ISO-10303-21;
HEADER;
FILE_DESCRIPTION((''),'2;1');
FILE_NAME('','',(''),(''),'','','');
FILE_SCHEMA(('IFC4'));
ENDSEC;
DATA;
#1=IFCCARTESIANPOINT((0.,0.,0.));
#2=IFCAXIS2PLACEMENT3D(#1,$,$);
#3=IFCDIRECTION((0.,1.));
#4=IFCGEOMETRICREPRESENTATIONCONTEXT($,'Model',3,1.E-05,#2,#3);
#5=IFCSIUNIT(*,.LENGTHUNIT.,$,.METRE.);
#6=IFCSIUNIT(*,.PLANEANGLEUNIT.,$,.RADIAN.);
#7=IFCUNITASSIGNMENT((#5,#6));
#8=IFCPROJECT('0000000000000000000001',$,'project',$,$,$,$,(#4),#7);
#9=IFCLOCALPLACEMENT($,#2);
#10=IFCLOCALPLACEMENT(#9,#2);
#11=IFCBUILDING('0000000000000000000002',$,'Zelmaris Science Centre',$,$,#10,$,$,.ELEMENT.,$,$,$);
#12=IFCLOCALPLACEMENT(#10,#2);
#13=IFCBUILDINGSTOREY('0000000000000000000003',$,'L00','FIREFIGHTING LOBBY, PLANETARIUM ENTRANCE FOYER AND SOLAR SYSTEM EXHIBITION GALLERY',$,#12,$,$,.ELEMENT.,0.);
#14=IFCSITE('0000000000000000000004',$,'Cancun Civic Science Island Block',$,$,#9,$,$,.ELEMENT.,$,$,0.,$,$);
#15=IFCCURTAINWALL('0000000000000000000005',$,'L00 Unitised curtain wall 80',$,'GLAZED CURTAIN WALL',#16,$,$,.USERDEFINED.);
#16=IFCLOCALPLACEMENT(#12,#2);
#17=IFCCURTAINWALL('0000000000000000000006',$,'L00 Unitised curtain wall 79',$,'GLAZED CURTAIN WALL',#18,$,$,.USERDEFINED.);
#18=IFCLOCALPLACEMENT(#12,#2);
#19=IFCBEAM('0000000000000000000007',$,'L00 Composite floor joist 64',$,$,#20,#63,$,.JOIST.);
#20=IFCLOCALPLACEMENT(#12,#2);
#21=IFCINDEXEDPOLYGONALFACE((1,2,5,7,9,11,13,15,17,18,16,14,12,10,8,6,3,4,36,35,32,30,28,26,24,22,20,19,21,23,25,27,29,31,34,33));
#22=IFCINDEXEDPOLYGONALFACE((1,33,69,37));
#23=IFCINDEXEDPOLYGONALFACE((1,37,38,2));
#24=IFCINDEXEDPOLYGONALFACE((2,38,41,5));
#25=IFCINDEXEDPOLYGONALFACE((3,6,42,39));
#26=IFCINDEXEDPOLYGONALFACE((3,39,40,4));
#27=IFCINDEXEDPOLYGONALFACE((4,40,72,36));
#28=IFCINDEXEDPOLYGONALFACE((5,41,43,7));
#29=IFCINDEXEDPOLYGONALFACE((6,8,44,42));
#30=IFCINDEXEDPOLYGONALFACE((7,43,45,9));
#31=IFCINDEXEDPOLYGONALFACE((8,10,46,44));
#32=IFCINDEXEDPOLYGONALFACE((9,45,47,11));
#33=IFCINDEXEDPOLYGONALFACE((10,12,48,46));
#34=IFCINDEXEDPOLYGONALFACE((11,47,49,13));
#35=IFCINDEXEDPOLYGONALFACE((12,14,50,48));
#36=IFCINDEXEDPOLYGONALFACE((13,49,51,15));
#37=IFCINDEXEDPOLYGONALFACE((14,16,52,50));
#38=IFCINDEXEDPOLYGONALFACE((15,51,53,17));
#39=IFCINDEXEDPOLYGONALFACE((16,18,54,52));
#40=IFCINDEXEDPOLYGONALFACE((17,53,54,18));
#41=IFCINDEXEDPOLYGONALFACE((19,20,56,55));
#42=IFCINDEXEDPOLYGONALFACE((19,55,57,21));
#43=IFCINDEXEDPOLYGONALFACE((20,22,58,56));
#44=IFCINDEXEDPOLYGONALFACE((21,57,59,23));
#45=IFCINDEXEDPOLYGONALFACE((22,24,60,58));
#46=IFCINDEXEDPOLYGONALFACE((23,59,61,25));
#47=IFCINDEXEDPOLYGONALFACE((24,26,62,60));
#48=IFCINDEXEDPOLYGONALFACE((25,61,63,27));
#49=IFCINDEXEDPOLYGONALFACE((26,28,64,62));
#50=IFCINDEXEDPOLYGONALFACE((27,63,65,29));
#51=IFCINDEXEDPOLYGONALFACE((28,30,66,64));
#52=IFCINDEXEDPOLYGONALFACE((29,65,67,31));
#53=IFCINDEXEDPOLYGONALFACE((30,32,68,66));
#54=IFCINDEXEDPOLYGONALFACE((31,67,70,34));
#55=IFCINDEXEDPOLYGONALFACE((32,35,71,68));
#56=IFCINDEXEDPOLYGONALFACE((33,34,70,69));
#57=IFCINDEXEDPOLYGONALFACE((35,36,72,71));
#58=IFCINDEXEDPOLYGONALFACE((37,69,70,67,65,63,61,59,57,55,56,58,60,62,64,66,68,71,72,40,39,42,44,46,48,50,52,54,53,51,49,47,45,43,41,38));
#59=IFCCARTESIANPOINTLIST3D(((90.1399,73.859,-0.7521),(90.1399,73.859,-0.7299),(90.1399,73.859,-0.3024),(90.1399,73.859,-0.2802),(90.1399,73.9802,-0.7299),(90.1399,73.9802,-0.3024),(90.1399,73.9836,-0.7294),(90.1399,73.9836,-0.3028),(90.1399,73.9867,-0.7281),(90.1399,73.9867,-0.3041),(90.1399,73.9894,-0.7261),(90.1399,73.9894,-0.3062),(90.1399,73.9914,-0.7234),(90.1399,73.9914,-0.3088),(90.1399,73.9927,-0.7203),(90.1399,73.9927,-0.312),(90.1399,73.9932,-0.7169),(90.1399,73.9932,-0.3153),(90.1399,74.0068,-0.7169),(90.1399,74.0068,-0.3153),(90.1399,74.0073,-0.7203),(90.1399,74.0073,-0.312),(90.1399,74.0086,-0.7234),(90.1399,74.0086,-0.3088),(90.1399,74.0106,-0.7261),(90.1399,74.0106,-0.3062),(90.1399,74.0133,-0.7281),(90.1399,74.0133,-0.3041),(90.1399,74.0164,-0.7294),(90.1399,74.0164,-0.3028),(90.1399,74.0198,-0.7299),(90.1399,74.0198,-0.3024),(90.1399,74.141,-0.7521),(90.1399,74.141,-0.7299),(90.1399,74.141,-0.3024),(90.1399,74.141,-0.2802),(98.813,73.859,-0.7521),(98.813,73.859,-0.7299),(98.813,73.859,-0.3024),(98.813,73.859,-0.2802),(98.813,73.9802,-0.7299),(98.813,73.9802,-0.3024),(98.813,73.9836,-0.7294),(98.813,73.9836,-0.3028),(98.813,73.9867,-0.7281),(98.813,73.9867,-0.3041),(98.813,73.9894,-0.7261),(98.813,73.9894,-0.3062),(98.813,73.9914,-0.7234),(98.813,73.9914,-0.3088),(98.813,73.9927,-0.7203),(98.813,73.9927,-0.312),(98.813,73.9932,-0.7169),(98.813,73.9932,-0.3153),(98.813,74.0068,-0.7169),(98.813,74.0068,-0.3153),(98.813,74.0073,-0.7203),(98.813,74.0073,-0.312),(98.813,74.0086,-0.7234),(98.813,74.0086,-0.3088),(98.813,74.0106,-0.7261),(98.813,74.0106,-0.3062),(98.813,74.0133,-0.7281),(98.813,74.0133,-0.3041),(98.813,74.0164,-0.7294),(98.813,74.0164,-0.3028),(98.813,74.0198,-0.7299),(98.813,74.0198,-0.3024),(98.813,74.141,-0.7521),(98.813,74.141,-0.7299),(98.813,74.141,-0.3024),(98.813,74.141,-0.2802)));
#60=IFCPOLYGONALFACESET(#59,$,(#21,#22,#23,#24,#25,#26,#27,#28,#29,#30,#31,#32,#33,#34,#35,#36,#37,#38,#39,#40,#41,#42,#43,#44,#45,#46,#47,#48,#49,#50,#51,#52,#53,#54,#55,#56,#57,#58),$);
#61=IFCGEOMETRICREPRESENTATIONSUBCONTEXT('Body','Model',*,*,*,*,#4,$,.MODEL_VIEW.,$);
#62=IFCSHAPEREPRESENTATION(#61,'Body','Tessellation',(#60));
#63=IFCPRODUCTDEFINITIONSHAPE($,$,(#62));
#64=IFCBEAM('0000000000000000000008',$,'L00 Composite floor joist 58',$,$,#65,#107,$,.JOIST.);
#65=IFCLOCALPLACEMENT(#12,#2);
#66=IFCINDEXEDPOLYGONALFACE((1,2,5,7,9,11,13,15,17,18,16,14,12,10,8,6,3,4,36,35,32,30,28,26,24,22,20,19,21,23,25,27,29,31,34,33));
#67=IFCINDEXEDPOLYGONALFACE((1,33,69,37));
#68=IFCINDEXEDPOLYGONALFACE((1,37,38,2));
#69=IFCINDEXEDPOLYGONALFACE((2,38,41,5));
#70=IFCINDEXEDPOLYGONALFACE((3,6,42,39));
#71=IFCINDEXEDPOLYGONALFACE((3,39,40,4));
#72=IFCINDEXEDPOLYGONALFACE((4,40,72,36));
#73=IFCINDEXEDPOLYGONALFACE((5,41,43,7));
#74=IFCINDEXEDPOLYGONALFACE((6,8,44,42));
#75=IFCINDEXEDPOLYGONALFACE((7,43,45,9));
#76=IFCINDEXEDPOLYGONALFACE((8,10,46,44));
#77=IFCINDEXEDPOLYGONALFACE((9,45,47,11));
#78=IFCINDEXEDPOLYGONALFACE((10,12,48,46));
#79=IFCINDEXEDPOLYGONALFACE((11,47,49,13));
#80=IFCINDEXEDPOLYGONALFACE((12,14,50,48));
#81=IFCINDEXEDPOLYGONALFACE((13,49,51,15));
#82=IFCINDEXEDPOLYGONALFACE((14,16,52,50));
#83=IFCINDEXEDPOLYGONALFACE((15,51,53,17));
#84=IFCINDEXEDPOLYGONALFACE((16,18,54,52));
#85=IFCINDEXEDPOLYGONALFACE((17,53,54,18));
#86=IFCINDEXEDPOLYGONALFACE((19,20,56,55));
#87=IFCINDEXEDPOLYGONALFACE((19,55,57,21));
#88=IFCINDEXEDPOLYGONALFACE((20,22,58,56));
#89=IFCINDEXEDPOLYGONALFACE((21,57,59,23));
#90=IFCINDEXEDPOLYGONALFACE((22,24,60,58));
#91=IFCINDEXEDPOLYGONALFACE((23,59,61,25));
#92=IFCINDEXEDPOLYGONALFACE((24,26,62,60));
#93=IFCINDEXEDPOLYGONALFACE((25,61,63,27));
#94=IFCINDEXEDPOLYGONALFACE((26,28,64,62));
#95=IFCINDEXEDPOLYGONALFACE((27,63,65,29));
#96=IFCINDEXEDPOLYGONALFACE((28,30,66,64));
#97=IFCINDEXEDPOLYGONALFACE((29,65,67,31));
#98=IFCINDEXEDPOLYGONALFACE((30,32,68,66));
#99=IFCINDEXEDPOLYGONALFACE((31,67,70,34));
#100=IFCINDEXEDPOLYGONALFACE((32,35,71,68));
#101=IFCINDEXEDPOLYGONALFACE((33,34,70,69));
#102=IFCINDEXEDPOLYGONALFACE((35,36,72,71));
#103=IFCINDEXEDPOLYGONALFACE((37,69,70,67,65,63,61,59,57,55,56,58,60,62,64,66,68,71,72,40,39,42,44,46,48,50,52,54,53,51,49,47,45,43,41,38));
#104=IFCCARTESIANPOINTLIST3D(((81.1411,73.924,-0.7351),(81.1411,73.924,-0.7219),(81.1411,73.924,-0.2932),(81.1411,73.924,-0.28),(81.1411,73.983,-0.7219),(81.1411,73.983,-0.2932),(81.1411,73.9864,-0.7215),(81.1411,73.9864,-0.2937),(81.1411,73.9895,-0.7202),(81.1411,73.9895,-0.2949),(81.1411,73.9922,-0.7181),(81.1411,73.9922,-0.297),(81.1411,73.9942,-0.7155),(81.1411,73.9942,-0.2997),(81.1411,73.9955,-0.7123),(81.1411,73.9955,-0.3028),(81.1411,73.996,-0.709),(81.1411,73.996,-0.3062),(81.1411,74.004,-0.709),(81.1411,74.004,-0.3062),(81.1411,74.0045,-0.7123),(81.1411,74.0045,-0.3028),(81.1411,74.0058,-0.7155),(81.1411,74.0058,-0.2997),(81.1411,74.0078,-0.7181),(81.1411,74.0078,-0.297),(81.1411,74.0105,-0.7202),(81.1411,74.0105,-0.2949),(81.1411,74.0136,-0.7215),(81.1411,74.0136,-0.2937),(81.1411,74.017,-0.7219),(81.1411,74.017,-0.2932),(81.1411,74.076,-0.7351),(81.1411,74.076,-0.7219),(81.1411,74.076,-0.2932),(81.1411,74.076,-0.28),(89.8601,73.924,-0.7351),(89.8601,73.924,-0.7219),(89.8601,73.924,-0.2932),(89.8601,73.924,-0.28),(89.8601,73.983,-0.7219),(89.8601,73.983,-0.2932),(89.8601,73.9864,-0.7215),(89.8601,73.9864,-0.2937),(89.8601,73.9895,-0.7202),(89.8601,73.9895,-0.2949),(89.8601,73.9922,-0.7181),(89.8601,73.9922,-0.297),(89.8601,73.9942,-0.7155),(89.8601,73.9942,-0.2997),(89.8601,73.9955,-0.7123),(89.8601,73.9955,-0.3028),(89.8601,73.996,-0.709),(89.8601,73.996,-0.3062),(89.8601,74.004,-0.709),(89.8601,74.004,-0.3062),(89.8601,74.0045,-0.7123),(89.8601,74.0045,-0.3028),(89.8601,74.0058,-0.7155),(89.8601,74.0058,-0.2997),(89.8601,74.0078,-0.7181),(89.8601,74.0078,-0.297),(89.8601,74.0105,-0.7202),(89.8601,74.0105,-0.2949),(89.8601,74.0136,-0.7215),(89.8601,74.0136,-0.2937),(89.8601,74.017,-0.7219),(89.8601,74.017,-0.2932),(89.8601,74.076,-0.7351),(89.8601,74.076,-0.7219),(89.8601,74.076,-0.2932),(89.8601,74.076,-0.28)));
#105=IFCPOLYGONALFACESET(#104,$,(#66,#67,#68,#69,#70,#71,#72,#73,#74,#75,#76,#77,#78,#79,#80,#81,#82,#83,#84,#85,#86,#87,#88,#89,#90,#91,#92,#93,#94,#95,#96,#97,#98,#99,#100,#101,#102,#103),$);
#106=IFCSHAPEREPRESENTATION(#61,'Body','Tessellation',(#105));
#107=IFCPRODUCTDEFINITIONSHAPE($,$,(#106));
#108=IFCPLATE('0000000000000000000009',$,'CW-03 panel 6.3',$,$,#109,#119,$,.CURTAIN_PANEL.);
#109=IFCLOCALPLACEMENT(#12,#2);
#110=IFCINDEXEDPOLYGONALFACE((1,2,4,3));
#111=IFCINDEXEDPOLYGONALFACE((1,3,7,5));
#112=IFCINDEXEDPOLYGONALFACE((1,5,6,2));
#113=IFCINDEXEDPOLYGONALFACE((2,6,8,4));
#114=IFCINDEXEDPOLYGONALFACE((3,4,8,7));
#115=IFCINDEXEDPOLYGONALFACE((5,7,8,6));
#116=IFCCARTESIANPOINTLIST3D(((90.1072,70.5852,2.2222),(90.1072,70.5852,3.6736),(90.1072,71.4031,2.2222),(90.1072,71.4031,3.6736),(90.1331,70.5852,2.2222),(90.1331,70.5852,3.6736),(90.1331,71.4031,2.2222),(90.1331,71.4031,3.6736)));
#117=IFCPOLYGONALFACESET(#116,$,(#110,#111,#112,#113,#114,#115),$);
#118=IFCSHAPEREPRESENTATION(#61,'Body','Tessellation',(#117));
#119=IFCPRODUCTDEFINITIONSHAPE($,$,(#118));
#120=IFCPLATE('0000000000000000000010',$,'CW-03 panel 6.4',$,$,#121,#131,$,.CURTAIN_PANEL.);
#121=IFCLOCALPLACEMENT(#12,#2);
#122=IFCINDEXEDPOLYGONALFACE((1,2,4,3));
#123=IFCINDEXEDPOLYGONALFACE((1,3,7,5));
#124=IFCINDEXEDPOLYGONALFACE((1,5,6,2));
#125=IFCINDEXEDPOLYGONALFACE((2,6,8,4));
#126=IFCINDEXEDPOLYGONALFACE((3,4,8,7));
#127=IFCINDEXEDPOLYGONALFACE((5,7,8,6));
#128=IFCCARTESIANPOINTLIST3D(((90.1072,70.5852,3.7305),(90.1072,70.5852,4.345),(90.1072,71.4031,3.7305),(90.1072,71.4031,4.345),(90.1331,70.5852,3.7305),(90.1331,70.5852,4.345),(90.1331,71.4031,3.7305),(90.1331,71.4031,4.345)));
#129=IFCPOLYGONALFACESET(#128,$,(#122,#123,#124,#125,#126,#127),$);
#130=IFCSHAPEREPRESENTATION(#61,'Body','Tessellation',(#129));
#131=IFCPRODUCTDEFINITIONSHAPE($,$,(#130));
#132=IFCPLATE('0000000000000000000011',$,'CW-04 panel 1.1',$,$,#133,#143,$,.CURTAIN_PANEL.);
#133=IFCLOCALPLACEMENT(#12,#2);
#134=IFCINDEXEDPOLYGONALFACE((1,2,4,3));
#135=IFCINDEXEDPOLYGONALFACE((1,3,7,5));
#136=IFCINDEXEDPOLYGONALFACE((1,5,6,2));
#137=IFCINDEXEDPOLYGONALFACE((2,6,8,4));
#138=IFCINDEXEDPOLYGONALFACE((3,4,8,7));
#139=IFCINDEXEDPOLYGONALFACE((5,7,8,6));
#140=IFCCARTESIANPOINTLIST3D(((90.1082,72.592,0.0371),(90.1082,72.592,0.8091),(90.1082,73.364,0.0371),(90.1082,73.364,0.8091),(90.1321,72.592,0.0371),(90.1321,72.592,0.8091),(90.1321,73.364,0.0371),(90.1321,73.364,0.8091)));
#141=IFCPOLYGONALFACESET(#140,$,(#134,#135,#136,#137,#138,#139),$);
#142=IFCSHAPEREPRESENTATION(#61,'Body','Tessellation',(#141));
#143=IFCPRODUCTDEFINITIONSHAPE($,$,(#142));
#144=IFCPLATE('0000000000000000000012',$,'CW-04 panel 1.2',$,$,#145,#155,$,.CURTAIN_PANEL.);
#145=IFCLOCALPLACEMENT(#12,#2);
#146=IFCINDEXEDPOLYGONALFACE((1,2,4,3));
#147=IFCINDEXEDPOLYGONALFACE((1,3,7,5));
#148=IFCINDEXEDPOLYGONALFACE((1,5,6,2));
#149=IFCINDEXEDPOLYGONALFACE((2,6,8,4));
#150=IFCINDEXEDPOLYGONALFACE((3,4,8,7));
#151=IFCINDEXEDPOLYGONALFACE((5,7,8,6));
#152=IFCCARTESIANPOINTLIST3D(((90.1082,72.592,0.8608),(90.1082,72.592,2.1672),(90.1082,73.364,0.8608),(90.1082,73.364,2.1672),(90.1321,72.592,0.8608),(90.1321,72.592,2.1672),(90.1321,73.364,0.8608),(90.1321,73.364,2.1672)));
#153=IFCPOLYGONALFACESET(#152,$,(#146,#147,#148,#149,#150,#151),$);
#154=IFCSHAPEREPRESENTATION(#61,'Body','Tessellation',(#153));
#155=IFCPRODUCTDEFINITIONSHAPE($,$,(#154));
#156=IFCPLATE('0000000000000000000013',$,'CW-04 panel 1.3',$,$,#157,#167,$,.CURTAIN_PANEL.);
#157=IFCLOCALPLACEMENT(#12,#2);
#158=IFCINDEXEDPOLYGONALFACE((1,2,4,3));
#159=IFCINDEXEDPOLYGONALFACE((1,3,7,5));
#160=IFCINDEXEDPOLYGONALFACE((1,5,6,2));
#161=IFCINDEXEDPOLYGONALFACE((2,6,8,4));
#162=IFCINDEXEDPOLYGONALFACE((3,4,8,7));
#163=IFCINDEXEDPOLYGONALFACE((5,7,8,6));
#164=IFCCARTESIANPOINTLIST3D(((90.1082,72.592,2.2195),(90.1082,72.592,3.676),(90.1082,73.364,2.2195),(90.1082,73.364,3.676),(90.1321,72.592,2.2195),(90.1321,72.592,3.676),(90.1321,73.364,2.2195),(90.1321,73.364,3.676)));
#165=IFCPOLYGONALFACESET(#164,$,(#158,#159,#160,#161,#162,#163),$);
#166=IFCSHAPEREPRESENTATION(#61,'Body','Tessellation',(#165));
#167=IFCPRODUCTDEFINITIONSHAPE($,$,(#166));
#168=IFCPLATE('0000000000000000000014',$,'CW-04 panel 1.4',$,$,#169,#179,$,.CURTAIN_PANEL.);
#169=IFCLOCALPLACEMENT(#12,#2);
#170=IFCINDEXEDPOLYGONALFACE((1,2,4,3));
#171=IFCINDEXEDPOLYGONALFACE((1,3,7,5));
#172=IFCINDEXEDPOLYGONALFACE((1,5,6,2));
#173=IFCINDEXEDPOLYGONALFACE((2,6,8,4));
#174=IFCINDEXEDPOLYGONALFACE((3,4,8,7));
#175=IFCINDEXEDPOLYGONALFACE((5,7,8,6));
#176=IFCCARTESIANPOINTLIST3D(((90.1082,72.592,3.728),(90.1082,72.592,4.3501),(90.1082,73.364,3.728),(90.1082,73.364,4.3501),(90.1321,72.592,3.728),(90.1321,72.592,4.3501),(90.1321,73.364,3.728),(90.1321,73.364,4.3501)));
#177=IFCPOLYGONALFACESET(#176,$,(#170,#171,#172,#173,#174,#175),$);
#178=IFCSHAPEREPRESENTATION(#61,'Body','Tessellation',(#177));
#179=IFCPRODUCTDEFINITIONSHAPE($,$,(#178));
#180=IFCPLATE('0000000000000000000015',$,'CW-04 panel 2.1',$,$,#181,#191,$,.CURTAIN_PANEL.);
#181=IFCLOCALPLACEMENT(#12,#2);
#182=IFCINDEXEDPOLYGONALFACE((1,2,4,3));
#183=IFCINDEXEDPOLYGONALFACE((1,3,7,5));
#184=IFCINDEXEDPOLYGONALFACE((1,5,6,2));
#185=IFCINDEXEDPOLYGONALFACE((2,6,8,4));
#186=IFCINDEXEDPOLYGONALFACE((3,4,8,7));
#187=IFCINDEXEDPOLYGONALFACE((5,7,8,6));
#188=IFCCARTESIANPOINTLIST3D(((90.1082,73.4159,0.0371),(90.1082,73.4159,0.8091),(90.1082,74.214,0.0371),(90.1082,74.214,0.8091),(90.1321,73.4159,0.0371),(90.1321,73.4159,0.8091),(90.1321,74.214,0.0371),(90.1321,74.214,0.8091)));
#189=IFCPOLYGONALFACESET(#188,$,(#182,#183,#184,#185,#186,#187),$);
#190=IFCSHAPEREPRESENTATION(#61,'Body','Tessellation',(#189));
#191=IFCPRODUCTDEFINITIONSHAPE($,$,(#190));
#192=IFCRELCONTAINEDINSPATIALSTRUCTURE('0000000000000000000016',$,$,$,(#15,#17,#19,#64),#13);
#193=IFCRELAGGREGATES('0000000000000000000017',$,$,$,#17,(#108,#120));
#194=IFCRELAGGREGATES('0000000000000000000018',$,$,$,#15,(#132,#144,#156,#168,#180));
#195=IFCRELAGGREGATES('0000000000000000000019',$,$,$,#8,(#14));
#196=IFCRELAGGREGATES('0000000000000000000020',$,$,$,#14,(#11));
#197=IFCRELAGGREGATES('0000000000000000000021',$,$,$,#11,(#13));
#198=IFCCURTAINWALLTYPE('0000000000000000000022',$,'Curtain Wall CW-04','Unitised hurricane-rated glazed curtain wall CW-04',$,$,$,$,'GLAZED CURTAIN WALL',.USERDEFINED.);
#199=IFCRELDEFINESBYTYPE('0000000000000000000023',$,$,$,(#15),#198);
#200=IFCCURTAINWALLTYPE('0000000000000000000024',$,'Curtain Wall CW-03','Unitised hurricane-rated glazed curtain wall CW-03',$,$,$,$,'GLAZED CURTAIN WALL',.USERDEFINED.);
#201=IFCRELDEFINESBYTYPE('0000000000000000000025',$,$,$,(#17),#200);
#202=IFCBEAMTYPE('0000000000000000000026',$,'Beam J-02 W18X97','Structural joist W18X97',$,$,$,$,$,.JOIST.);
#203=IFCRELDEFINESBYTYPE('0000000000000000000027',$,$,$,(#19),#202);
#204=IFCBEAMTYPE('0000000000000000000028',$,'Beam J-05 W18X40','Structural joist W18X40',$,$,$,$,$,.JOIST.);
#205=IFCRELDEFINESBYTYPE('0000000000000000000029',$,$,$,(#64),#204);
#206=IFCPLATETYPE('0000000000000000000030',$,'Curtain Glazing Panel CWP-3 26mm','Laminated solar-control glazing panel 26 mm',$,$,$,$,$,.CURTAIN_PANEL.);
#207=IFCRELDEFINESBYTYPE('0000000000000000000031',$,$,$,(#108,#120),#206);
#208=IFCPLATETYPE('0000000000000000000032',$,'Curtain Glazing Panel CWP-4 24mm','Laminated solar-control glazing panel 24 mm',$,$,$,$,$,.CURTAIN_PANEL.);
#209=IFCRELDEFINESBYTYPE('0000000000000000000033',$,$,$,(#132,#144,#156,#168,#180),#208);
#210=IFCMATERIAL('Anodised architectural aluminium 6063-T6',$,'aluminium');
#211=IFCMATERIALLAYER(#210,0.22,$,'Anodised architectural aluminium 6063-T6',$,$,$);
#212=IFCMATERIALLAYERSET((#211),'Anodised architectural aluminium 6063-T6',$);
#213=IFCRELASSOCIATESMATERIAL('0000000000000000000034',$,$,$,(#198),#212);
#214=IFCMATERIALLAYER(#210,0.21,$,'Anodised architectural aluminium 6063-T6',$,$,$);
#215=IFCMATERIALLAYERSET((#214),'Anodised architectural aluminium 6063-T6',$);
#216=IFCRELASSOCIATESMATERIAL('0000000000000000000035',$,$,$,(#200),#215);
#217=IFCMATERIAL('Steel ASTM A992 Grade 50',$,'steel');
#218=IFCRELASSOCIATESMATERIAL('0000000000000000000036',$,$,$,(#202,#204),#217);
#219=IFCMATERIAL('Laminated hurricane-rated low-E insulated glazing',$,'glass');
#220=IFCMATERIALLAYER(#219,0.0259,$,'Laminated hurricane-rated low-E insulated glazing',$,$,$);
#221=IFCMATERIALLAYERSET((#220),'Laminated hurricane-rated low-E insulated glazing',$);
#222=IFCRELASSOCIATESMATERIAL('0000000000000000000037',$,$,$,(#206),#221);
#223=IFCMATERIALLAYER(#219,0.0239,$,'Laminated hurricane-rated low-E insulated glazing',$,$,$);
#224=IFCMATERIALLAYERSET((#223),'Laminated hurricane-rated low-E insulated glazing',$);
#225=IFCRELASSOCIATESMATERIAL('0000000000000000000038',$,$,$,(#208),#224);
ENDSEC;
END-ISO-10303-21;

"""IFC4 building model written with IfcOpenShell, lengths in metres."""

from ifc_helpers import new_model, si_unit, direction, frame, origin, origin_2d, place, context, subcontext, project, spatial, rectangle, i_section, extrude, material, layer, layer_set, material_profile, profile_set, type_object, element, aggregate, save


model = new_model("IFC4")

# Units and contexts
model_context = context("Model", 3, precision=1e-05, world=origin(), true_north=direction((0.0, 1.0)))
body_context = subcontext(model_context, "Body", "Model", "MODEL_VIEW")
ifc_project = project(units=[si_unit("LENGTHUNIT", "METRE"), si_unit("PLANEANGLEUNIT", "RADIAN")], contexts=[model_context])

# Site, building, storey
site_placement = place(None, origin())
site = spatial("IfcSite", under=ifc_project, at=site_placement, Name="Cancun Civic Science Island Block", CompositionType="ELEMENT", RefElevation=0.0)
building_placement = place(site_placement, origin())
building = spatial("IfcBuilding", under=site, at=building_placement, Name="Zelmaris Science Centre", CompositionType="ELEMENT")
storey_placement = place(building_placement, origin())
storey = spatial("IfcBuildingStorey", under=building, at=storey_placement, Name="L00", Description="FIREFIGHTING LOBBY, PLANETARIUM ENTRANCE FOYER AND SOLAR SYSTEM EXHIBITION GALLERY", CompositionType="ELEMENT", Elevation=0.0)

# Shared definitions
ifc_material_1 = material(Name="Steel ASTM A992 Grade 50", Category="steel")

# Curtain wall
ifc_material_2 = material(Name="Anodised architectural aluminium 6063-T6", Category="aluminium")
ifc_layer_1 = layer(ifc_material_2, 0.22, Name="Anodised architectural aluminium 6063-T6")
ifc_layer_set_1 = layer_set([ifc_layer_1], Name="Anodised architectural aluminium 6063-T6")
curtain_wall_type_1 = type_object("IfcCurtainWallType", Name="Curtain Wall CW-04", Description="Unitised hurricane-rated glazed curtain wall CW-04", ElementType="GLAZED CURTAIN WALL", PredefinedType="USERDEFINED", material=ifc_layer_set_1)
curtain_wall_1_placement = place(storey_placement, origin())
curtain_wall_1 = element("IfcCurtainWall", 1, at=curtain_wall_1_placement, inside=storey, type_object=curtain_wall_type_1, Name="L00 Unitised curtain wall 80", ObjectType="GLAZED CURTAIN WALL", PredefinedType="USERDEFINED")

# Curtain wall
ifc_layer_2 = layer(ifc_material_2, 0.21, Name="Anodised architectural aluminium 6063-T6")
ifc_layer_set_2 = layer_set([ifc_layer_2], Name="Anodised architectural aluminium 6063-T6")
curtain_wall_type_2 = type_object("IfcCurtainWallType", Name="Curtain Wall CW-03", Description="Unitised hurricane-rated glazed curtain wall CW-03", ElementType="GLAZED CURTAIN WALL", PredefinedType="USERDEFINED", material=ifc_layer_set_2)
curtain_wall_2_placement = place(storey_placement, origin())
curtain_wall_2 = element("IfcCurtainWall", 2, at=curtain_wall_2_placement, inside=storey, type_object=curtain_wall_type_2, Name="L00 Unitised curtain wall 79", ObjectType="GLAZED CURTAIN WALL", PredefinedType="USERDEFINED")

# Beams
ifc_material_profile_1 = material_profile(ifc_material_1, i_section(OverallWidth=0.282, OverallDepth=0.4719, WebThickness=0.0137, FlangeThickness=0.0222, FilletRadius=0.0129, at=origin_2d()), Name="W18X97")
ifc_profile_set_1 = profile_set([ifc_material_profile_1], Name="Steel ASTM A992 Grade 50")
beam_type_1 = type_object("IfcBeamType", Name="Beam J-02 W18X97", Description="Structural joist W18X97", PredefinedType="JOIST", material=ifc_profile_set_1)
beam_1_placement = place(storey_placement, frame((90.1399, 74.0, -0.5161), z_axis=(1.0, 0.0, 0.0), x_axis=(0.0, 1.0, 0.0)))
element("IfcBeam", 3, at=beam_1_placement, inside=storey, type_object=beam_type_1, Name="L00 Composite floor joist 64", PredefinedType="JOIST", context=body_context, shape_type="SweptSolid", body=[
    extrude(i_section(OverallWidth=0.282, OverallDepth=0.4719, WebThickness=0.0137, FlangeThickness=0.0222, FilletRadius=0.0129, at=origin_2d()), origin(), (0.0, 0.0, 1.0), 8.6731),
])
ifc_material_profile_2 = material_profile(ifc_material_1, i_section(OverallWidth=0.1521, OverallDepth=0.4551, WebThickness=0.0081, FlangeThickness=0.0132, FilletRadius=0.0129, at=origin_2d()), Name="W18X40")
ifc_profile_set_2 = profile_set([ifc_material_profile_2], Name="Steel ASTM A992 Grade 50")
beam_type_2 = type_object("IfcBeamType", Name="Beam J-05 W18X40", Description="Structural joist W18X40", PredefinedType="JOIST", material=ifc_profile_set_2)
beam_2_placement = place(storey_placement, frame((81.1411, 74.0, -0.5076), z_axis=(1.0, 0.0, 0.0), x_axis=(0.0, 1.0, 0.0)))
element("IfcBeam", 4, at=beam_2_placement, inside=storey, type_object=beam_type_2, Name="L00 Composite floor joist 58", PredefinedType="JOIST", context=body_context, shape_type="SweptSolid", body=[
    extrude(i_section(OverallWidth=0.1521, OverallDepth=0.4551, WebThickness=0.0081, FlangeThickness=0.0132, FilletRadius=0.0129, at=origin_2d()), origin(), (0.0, 0.0, 1.0), 8.719),
])

# Plates
ifc_material_3 = material(Name="Laminated hurricane-rated low-E insulated glazing", Category="glass")
ifc_layer_3 = layer(ifc_material_3, 0.0259, Name="Laminated hurricane-rated low-E insulated glazing")
ifc_layer_set_3 = layer_set([ifc_layer_3], Name="Laminated hurricane-rated low-E insulated glazing")
plate_type_1 = type_object("IfcPlateType", Name="Curtain Glazing Panel CWP-3 26mm", Description="Laminated solar-control glazing panel 26 mm", PredefinedType="CURTAIN_PANEL", material=ifc_layer_set_3)
plate_1_placement = place(storey_placement, frame((90.1201, 70.9941, 2.2222), z_axis=(0.0, 0.0, 1.0), x_axis=(0.0, 1.0, 0.0)))
plate_1 = element("IfcPlate", 5, at=plate_1_placement, type_object=plate_type_1, Name="CW-03 panel 6.3", PredefinedType="CURTAIN_PANEL", context=body_context, shape_type="SweptSolid", body=[
    extrude(rectangle(XDim=0.8179, YDim=0.0259, at=origin_2d()), origin(), (0.0, 0.0, 1.0), 1.4514),
])
plate_2_placement = place(storey_placement, frame((90.1201, 70.9941, 3.7305), z_axis=(0.0, 0.0, 1.0), x_axis=(0.0, 1.0, 0.0)))
plate_2 = element("IfcPlate", 6, at=plate_2_placement, type_object=plate_type_1, Name="CW-03 panel 6.4", PredefinedType="CURTAIN_PANEL", context=body_context, shape_type="SweptSolid", body=[
    extrude(rectangle(XDim=0.8179, YDim=0.0259, at=origin_2d()), origin(), (0.0, 0.0, 1.0), 0.6145),
])
aggregate(curtain_wall_2, [plate_1, plate_2])
ifc_layer_4 = layer(ifc_material_3, 0.0239, Name="Laminated hurricane-rated low-E insulated glazing")
ifc_layer_set_4 = layer_set([ifc_layer_4], Name="Laminated hurricane-rated low-E insulated glazing")
plate_type_2 = type_object("IfcPlateType", Name="Curtain Glazing Panel CWP-4 24mm", Description="Laminated solar-control glazing panel 24 mm", PredefinedType="CURTAIN_PANEL", material=ifc_layer_set_4)
plate_3_placement = place(storey_placement, frame((90.1201, 72.978, 0.0371), z_axis=(0.0, 0.0, 1.0), x_axis=(0.0, 1.0, 0.0)))
plate_3 = element("IfcPlate", 7, at=plate_3_placement, type_object=plate_type_2, Name="CW-04 panel 1.1", PredefinedType="CURTAIN_PANEL", context=body_context, shape_type="SweptSolid", body=[
    extrude(rectangle(XDim=0.772, YDim=0.0239, at=origin_2d()), origin(), (0.0, 0.0, 1.0), 0.772),
])
plate_4_placement = place(storey_placement, frame((90.1201, 72.978, 0.8608), z_axis=(0.0, 0.0, 1.0), x_axis=(0.0, 1.0, 0.0)))
plate_4 = element("IfcPlate", 8, at=plate_4_placement, type_object=plate_type_2, Name="CW-04 panel 1.2", PredefinedType="CURTAIN_PANEL", context=body_context, shape_type="SweptSolid", body=[
    extrude(rectangle(XDim=0.772, YDim=0.0239, at=origin_2d()), origin(), (0.0, 0.0, 1.0), 1.3064),
])
plate_5_placement = place(storey_placement, frame((90.1201, 72.978, 2.2195), z_axis=(0.0, 0.0, 1.0), x_axis=(0.0, 1.0, 0.0)))
plate_5 = element("IfcPlate", 9, at=plate_5_placement, type_object=plate_type_2, Name="CW-04 panel 1.3", PredefinedType="CURTAIN_PANEL", context=body_context, shape_type="SweptSolid", body=[
    extrude(rectangle(XDim=0.772, YDim=0.0239, at=origin_2d()), origin(), (0.0, 0.0, 1.0), 1.4565),
])
plate_6_placement = place(storey_placement, frame((90.1201, 72.978, 3.728), z_axis=(0.0, 0.0, 1.0), x_axis=(0.0, 1.0, 0.0)))
plate_6 = element("IfcPlate", 10, at=plate_6_placement, type_object=plate_type_2, Name="CW-04 panel 1.4", PredefinedType="CURTAIN_PANEL", context=body_context, shape_type="SweptSolid", body=[
    extrude(rectangle(XDim=0.772, YDim=0.0239, at=origin_2d()), origin(), (0.0, 0.0, 1.0), 0.6221),
])
plate_7_placement = place(storey_placement, frame((90.1201, 73.8149, 0.0371), z_axis=(0.0, 0.0, 1.0), x_axis=(0.0, 1.0, 0.0)))
plate_7 = element("IfcPlate", 11, at=plate_7_placement, type_object=plate_type_2, Name="CW-04 panel 2.1", PredefinedType="CURTAIN_PANEL", context=body_context, shape_type="SweptSolid", body=[
    extrude(rectangle(XDim=0.7981, YDim=0.0239, at=origin_2d()), origin(), (0.0, 0.0, 1.0), 0.772),
])
aggregate(curtain_wall_1, [plate_3, plate_4, plate_5, plate_6, plate_7])

save(model, "model.ifc")
